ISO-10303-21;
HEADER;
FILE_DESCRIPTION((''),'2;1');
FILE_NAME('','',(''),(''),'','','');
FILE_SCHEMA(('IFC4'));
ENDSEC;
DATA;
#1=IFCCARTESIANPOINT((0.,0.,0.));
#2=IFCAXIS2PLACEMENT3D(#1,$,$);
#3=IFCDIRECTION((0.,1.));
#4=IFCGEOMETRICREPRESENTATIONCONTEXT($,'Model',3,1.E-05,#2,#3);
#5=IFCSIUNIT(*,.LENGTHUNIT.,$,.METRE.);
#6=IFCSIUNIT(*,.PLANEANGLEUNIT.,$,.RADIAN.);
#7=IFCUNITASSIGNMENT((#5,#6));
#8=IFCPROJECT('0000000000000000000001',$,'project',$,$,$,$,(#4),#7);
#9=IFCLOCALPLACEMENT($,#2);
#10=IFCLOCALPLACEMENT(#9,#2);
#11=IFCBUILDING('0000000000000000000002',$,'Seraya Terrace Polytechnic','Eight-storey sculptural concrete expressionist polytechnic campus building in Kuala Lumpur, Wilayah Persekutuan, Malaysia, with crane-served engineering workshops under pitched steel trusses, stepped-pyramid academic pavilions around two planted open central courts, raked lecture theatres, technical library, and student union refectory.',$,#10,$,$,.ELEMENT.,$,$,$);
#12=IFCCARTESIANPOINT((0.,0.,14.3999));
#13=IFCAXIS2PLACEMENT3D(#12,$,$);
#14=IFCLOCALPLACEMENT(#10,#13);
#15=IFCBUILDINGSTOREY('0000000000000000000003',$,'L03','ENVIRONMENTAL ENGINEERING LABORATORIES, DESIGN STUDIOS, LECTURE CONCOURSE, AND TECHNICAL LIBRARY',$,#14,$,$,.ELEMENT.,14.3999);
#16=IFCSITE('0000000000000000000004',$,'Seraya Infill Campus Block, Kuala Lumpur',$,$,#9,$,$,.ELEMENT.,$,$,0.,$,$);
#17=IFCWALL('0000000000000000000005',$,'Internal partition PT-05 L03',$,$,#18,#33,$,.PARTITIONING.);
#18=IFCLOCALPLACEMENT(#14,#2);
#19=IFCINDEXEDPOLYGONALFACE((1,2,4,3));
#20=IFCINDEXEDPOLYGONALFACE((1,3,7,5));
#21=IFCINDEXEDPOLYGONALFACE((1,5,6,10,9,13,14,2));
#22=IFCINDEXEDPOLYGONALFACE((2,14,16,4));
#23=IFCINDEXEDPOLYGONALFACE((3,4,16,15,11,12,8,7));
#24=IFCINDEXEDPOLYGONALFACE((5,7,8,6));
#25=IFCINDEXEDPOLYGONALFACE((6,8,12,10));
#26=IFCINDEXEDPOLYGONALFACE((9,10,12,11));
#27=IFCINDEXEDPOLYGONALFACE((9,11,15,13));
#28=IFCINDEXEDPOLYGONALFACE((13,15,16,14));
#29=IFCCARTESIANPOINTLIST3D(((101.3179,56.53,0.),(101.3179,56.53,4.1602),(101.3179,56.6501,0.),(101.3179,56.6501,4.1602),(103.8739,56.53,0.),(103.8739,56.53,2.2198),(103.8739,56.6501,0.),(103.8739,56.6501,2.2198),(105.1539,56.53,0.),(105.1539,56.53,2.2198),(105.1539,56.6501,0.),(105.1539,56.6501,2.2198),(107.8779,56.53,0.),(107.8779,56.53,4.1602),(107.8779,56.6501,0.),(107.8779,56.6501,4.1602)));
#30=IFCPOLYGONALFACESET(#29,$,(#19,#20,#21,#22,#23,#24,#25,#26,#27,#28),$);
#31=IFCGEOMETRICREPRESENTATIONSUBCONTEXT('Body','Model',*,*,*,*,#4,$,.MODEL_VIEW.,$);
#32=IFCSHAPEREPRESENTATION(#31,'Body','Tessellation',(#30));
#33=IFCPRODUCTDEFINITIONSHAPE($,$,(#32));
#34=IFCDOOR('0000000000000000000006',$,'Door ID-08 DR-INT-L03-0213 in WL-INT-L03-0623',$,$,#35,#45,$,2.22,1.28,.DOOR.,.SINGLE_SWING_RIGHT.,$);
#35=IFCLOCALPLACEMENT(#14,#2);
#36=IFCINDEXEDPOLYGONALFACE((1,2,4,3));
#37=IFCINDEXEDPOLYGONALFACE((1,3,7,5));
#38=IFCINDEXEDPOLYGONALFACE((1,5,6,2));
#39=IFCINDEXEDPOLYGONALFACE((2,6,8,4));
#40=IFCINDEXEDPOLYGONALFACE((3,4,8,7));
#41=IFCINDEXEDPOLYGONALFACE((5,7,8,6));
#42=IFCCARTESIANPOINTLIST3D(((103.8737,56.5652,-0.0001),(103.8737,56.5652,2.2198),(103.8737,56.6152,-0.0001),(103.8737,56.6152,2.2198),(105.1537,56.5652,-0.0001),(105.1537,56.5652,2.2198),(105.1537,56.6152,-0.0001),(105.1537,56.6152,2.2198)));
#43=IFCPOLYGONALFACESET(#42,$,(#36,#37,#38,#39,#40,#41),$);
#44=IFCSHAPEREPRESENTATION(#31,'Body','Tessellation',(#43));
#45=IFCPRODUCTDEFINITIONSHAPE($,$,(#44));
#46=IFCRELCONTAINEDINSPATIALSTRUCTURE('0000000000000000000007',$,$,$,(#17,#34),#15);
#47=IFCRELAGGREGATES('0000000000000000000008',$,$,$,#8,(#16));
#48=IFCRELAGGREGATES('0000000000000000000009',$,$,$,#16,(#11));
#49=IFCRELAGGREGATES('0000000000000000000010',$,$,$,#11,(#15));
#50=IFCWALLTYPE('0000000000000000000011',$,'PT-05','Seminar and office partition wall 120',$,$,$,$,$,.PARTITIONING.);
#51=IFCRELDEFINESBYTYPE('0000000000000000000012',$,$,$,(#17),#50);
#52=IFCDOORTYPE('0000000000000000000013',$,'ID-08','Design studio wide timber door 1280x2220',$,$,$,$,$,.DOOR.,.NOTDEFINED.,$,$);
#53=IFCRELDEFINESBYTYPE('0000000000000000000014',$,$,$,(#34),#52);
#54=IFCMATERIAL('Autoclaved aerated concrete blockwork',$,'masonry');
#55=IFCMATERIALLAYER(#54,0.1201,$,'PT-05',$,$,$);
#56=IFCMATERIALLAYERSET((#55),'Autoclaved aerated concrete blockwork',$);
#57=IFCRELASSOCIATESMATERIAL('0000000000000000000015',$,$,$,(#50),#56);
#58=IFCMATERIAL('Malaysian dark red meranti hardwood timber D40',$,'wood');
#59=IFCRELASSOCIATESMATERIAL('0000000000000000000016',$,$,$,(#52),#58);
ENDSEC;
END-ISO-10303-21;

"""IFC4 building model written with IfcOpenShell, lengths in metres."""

from ifc_helpers import new_model, si_unit, direction, frame, frame_2d, origin, place, context, subcontext, project, spatial, rectangle, extrude, material, layer, layer_set, type_object, element, fill, save


model = new_model("IFC4")

# Units and contexts
model_context = context("Model", 3, precision=1e-05, world=origin(), true_north=direction((0.0, 1.0)))
body_context = subcontext(model_context, "Body", "Model", "MODEL_VIEW")
ifc_project = project(units=[si_unit("LENGTHUNIT", "METRE"), si_unit("PLANEANGLEUNIT", "RADIAN")], contexts=[model_context])

# Site, building, storey
site_placement = place(None, origin())
site = spatial("IfcSite", under=ifc_project, at=site_placement, Name="Seraya Infill Campus Block, Kuala Lumpur", CompositionType="ELEMENT", RefElevation=0.0)
building_placement = place(site_placement, origin())
building = spatial("IfcBuilding", under=site, at=building_placement, Name="Seraya Terrace Polytechnic", Description="Eight-storey sculptural concrete expressionist polytechnic campus building in Kuala Lumpur, Wilayah Persekutuan, Malaysia, with crane-served engineering workshops under pitched steel trusses, stepped-pyramid academic pavilions around two planted open central courts, raked lecture theatres, technical library, and student union refectory.", CompositionType="ELEMENT")
storey_placement = place(building_placement, frame((0.0, 0.0, 14.3999)))
storey = spatial("IfcBuildingStorey", under=building, at=storey_placement, Name="L03", Description="ENVIRONMENTAL ENGINEERING LABORATORIES, DESIGN STUDIOS, LECTURE CONCOURSE, AND TECHNICAL LIBRARY", CompositionType="ELEMENT", Elevation=14.3999)

# Shared definitions
ifc_material_1 = material(Name="Autoclaved aerated concrete blockwork", Category="masonry")
ifc_layer_1 = layer(ifc_material_1, 0.1201, Name="PT-05")
ifc_layer_set_1 = layer_set([ifc_layer_1], Name="Autoclaved aerated concrete blockwork")
wall_type_1 = type_object("IfcWallType", Name="PT-05", Description="Seminar and office partition wall 120", PredefinedType="PARTITIONING", material=ifc_layer_set_1)

# Wall, opening, door
wall_1_placement = place(storey_placement, frame((101.3179, 56.5901, 0.0), z_axis=(0.0, 0.0, 1.0), x_axis=(1.0, 0.0, 0.0)))
wall_1 = element("IfcWall", 1, at=wall_1_placement, inside=storey, type_object=wall_type_1, Name="Internal partition PT-05 L03", PredefinedType="PARTITIONING", context=body_context, shape_type="SweptSolid", body=[
    extrude(rectangle(XDim=6.5601, YDim=0.1201, at=frame_2d((3.28, 0.0))), origin(), (0.0, 0.0, 1.0), 4.1602),
])
opening_placement = place(wall_1_placement, frame((2.5559, 0.0, 0.0)))
opening = element("IfcOpeningElement", 2, at=opening_placement, cuts=wall_1, PredefinedType="OPENING", context=body_context, shape_type="SweptSolid", body=[
    extrude(rectangle(XDim=1.28, YDim=2.22, at=frame_2d((0.6401, 1.1099))), frame((0.0, 0.072, 0.0), z_axis=(0.0, -1.0, 0.0), x_axis=(1.0, 0.0, 0.0)), (0.0, 0.0, 1.0), 0.144),
])
ifc_material_2 = material(Name="Malaysian dark red meranti hardwood timber D40", Category="wood")
door_type = type_object("IfcDoorType", Name="ID-08", Description="Design studio wide timber door 1280x2220", OperationType="NOTDEFINED", PredefinedType="DOOR", material=ifc_material_2)
door_placement = place(opening_placement, frame((1.28, 0.0, 0.0), z_axis=(0.0, 0.0, 1.0), x_axis=(-1.0, 0.0, 0.0)))
door = element("IfcDoor", 3, at=door_placement, inside=storey, type_object=door_type, Name="Door ID-08 DR-INT-L03-0213 in WL-INT-L03-0623", OperationType="SINGLE_SWING_RIGHT", OverallHeight=2.22, OverallWidth=1.28, PredefinedType="DOOR", context=body_context, shape_type="SweptSolid", body=[
    extrude(rectangle(XDim=1.28, YDim=2.22, at=frame_2d((0.6401, 1.1099))), frame((0.0, 0.0249, 0.0), z_axis=(0.0, -1.0, 0.0), x_axis=(1.0, 0.0, 0.0)), (0.0, 0.0, 1.0), 0.05),
])
fill(opening, door)

save(model, "model.ifc")
